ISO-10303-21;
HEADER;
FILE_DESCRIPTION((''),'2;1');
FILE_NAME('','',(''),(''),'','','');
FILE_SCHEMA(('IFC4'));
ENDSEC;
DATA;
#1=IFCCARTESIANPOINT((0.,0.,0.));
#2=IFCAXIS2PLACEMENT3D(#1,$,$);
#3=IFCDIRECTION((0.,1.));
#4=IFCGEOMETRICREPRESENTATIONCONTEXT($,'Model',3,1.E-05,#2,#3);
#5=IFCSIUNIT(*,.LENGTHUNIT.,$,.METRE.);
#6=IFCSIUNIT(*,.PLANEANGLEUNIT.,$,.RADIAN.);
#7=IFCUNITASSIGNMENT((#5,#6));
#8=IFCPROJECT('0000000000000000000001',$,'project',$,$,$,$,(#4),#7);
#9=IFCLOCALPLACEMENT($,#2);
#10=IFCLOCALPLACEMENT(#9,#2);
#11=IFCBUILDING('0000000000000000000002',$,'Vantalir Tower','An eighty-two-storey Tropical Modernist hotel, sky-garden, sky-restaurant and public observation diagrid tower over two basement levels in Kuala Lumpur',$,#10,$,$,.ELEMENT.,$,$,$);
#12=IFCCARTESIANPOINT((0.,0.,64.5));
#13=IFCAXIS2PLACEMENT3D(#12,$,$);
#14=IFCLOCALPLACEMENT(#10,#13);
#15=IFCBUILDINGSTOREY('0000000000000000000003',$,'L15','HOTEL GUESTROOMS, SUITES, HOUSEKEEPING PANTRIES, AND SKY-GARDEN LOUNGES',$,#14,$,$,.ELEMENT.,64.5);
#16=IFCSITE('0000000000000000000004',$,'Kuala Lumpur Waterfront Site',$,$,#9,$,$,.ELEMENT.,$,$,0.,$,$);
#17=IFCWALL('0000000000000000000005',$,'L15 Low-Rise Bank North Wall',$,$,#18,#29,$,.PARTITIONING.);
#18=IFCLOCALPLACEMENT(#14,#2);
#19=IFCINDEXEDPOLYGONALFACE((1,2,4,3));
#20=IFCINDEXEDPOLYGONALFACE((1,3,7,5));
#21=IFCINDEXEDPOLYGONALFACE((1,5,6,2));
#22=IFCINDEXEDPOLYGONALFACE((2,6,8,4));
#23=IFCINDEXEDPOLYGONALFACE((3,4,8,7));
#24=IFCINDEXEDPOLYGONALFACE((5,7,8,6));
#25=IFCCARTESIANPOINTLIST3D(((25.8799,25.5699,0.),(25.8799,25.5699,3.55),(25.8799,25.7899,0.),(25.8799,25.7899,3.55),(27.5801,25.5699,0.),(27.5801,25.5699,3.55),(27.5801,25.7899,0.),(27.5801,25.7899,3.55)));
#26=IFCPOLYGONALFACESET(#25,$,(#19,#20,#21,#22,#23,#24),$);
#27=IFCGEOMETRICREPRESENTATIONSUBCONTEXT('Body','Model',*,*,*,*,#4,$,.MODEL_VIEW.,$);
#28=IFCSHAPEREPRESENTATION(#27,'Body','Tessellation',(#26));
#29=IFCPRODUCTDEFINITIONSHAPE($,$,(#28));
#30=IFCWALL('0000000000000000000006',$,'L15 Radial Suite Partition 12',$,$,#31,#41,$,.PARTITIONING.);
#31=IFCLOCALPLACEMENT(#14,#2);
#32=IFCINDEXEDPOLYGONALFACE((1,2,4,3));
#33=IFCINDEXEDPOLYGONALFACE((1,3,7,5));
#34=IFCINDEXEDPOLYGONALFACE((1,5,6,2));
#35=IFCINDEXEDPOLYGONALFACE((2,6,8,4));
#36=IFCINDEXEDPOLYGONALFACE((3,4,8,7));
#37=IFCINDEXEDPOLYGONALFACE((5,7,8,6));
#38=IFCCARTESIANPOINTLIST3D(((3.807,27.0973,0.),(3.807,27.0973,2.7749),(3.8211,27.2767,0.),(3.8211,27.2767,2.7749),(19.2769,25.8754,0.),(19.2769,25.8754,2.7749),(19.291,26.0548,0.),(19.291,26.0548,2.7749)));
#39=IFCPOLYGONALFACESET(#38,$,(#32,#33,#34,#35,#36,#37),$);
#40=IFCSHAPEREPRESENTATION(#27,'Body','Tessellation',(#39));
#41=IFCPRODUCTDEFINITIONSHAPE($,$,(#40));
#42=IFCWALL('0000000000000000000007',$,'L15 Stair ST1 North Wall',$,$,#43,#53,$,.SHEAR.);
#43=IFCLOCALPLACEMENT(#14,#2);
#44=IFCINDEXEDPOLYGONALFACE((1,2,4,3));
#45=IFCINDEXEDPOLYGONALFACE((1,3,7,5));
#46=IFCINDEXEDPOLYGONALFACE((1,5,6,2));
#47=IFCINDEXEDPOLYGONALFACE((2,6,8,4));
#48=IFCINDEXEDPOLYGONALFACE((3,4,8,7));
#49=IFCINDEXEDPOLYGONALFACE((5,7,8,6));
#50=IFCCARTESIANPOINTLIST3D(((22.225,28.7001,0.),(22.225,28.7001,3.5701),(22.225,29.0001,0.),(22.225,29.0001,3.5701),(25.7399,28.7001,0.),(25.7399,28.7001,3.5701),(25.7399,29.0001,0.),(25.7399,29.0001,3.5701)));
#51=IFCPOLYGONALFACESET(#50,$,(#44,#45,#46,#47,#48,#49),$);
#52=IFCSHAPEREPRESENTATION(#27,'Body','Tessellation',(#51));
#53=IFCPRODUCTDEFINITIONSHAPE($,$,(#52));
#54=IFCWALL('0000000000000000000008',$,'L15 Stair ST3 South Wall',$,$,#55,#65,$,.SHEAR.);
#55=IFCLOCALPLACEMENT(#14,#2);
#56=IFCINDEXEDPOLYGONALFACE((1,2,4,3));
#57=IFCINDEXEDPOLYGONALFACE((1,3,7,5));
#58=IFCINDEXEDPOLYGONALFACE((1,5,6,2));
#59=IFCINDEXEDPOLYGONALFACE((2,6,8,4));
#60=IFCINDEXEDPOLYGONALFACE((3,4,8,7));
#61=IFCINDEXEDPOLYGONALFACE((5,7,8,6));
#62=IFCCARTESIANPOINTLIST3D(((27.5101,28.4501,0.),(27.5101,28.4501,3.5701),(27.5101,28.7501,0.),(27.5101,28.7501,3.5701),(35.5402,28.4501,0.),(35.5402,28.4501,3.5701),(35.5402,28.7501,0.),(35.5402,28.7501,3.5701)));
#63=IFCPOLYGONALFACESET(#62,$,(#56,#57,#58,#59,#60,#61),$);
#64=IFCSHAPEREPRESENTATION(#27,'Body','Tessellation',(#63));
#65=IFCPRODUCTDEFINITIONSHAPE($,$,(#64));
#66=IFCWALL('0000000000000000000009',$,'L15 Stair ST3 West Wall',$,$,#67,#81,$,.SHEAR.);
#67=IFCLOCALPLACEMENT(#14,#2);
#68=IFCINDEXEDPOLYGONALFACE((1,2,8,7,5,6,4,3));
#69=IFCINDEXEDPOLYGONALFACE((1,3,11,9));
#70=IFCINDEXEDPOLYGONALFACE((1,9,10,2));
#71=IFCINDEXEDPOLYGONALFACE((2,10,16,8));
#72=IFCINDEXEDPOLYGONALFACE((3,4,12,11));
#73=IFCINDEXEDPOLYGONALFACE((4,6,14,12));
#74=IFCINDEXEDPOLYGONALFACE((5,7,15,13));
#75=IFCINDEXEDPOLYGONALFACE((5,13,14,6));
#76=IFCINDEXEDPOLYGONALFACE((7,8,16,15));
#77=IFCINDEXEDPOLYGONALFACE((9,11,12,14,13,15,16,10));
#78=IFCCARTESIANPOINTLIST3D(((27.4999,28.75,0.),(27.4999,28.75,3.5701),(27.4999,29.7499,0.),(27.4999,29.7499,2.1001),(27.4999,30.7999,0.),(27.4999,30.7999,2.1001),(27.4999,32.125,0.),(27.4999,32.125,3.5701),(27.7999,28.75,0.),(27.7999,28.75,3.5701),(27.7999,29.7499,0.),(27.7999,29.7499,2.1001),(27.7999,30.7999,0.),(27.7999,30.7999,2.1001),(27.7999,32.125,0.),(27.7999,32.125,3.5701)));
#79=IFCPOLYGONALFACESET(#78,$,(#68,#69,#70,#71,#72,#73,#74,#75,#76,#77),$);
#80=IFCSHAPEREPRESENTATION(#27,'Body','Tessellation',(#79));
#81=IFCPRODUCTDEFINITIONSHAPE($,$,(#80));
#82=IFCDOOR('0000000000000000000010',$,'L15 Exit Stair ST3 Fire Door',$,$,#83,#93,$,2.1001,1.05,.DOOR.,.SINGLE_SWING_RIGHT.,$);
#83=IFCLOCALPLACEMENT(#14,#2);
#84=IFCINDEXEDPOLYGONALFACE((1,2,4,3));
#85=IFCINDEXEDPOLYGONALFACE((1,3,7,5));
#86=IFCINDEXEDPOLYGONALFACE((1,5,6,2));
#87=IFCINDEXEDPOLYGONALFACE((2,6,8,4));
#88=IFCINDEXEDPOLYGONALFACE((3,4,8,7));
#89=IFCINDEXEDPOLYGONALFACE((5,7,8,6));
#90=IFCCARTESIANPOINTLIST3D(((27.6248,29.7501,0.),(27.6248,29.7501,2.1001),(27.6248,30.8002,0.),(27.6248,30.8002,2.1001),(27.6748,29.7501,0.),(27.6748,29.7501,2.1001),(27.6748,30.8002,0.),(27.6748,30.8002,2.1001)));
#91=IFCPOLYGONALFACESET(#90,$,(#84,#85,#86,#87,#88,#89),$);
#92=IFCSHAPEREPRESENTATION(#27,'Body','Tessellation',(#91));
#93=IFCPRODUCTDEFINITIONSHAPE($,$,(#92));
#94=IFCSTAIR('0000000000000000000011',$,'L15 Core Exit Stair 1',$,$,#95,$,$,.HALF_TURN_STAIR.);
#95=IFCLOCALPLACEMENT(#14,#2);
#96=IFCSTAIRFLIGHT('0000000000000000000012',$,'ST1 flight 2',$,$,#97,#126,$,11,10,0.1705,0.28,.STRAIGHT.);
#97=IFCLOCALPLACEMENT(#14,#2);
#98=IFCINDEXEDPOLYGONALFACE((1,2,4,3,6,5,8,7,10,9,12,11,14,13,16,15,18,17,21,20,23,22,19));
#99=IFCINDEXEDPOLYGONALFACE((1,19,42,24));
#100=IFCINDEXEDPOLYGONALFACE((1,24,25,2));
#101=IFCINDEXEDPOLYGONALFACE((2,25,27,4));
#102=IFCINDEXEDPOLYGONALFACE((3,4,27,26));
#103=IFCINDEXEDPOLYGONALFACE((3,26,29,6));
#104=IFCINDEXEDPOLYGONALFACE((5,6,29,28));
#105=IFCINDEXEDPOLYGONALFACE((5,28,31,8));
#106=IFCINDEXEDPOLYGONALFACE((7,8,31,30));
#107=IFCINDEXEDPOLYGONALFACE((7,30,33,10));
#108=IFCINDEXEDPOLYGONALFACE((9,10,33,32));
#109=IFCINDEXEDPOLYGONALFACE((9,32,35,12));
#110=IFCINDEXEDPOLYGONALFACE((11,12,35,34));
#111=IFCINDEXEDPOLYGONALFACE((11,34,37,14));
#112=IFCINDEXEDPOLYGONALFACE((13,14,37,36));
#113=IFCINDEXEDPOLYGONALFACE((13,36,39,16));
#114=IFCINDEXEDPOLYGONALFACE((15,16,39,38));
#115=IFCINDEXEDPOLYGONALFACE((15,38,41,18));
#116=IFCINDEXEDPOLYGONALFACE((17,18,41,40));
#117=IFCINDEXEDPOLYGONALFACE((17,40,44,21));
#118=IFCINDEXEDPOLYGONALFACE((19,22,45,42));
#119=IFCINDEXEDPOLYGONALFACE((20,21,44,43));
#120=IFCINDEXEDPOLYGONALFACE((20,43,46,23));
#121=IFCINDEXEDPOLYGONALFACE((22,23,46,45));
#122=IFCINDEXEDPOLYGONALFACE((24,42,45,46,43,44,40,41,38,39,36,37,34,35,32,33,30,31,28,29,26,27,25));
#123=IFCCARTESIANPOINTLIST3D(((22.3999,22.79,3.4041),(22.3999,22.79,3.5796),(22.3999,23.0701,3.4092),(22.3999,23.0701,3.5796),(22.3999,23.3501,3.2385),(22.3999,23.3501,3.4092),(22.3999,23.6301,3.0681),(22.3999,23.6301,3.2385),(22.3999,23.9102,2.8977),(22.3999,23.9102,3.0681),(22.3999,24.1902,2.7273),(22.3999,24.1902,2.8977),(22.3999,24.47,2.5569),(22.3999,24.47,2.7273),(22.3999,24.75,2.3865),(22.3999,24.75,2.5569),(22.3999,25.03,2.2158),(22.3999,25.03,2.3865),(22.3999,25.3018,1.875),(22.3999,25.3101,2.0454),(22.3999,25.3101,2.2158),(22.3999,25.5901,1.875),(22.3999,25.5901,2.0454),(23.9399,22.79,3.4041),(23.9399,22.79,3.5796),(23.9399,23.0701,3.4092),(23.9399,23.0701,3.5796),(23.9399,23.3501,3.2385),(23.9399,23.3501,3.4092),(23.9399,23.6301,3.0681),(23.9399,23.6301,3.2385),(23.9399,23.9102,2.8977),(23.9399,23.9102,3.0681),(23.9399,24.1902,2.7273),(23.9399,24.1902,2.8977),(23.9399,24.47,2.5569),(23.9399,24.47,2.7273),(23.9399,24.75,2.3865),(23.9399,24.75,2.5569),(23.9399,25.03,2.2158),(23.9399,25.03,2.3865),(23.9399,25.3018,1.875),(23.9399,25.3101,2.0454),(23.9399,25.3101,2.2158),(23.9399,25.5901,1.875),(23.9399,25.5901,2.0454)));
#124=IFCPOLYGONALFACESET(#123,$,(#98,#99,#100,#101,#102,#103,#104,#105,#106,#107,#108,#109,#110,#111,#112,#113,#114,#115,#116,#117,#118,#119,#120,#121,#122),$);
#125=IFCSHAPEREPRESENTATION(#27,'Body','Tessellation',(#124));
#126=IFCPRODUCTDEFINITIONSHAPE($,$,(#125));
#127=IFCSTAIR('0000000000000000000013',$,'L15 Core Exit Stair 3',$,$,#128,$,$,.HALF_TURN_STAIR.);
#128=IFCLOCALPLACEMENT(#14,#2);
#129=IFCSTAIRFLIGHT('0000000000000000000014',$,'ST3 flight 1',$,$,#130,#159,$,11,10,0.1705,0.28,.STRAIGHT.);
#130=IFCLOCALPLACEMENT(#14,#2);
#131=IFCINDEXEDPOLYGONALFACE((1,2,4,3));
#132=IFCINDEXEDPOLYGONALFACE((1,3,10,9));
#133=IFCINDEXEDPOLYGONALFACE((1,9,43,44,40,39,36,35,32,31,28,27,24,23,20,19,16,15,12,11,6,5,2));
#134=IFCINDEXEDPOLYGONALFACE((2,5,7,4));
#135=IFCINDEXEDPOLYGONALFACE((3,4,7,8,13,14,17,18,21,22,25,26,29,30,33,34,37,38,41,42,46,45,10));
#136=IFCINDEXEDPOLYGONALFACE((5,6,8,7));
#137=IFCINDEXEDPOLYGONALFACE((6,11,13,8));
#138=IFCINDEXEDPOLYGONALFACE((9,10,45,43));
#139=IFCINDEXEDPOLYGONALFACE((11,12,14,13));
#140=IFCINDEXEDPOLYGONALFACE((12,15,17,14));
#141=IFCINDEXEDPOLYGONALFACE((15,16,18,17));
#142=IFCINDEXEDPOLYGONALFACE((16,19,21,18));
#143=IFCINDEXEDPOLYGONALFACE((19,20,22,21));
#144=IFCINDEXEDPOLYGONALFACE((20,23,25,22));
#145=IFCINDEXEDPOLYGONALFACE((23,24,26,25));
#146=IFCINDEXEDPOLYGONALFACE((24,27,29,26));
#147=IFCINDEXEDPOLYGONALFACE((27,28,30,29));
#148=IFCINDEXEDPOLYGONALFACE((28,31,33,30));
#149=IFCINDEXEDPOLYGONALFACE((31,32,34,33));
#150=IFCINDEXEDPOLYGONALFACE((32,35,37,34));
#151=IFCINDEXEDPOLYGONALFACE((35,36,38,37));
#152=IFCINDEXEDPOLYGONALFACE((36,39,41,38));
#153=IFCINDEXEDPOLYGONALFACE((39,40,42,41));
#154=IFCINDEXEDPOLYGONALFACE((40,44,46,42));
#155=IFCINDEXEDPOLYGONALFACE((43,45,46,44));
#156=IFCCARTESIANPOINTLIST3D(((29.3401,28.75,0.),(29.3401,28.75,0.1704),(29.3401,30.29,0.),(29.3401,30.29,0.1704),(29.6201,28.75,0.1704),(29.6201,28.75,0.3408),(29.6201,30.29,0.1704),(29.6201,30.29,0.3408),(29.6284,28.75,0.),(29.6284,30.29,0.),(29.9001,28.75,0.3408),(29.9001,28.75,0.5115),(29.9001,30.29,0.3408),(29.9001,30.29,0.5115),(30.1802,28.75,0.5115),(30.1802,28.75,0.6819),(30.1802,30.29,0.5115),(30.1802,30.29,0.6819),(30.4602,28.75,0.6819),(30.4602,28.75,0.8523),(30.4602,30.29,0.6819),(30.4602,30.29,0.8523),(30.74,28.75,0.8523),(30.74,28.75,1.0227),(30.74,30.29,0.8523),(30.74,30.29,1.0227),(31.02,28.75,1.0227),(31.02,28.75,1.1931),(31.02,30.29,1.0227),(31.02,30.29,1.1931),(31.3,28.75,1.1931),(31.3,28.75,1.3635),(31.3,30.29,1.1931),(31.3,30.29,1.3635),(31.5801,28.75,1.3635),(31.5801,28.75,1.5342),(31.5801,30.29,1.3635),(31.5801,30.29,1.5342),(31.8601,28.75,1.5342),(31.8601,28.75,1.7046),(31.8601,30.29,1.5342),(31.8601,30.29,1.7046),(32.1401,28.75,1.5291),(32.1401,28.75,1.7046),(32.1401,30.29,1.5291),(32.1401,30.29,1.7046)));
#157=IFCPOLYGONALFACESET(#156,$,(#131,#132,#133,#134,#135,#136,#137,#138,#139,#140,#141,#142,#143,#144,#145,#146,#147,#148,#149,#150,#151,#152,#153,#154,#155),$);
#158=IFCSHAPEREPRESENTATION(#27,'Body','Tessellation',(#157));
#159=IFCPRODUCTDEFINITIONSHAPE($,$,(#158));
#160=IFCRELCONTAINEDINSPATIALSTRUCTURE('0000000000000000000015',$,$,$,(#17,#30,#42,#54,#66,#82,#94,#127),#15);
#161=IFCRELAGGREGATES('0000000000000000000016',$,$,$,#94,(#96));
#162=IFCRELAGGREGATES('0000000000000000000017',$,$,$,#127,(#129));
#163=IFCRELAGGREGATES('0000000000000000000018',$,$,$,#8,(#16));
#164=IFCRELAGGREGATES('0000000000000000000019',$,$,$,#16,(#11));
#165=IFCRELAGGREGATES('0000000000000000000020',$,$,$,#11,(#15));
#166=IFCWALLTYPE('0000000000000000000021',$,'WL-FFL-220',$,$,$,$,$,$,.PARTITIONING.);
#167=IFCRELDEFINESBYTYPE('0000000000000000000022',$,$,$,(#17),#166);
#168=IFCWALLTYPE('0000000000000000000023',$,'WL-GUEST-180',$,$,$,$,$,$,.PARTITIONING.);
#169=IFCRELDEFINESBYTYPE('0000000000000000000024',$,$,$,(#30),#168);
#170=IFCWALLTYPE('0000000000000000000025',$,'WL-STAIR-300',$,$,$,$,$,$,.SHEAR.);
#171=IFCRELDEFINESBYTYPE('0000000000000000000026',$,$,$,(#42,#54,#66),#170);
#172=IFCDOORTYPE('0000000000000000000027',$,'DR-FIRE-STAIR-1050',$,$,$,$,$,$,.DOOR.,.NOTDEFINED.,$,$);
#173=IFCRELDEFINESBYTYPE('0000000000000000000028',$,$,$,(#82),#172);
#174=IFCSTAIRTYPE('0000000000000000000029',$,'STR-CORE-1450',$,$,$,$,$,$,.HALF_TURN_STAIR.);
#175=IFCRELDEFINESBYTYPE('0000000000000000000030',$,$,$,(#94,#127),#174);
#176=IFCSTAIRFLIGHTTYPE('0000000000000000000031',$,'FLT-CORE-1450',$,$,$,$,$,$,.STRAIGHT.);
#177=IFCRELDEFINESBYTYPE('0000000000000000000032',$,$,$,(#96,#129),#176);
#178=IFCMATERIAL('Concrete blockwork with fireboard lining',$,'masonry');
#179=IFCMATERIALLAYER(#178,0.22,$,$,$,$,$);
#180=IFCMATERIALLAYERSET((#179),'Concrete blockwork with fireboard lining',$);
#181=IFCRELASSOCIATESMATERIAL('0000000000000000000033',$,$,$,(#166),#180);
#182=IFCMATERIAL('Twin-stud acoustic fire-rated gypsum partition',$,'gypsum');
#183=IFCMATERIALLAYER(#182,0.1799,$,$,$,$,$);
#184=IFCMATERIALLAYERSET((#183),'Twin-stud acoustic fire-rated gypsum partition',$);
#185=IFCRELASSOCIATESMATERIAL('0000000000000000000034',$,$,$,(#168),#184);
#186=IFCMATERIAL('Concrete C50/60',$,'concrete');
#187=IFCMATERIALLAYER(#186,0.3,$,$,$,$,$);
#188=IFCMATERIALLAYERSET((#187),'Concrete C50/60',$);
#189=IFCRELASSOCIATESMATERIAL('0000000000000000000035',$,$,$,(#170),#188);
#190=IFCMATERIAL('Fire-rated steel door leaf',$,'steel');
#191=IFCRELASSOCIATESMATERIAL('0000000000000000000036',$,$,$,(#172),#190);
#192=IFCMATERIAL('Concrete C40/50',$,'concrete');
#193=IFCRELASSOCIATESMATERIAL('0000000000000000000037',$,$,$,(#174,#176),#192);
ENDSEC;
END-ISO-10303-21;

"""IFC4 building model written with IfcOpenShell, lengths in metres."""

from ifc_helpers import new_model, si_unit, direction, frame, frame_2d, origin, place, context, subcontext, project, spatial, polyline, rectangle, outline, extrude, material, layer, layer_set, type_object, element, fill, aggregate, save


model = new_model("IFC4")

# Units and contexts
model_context = context("Model", 3, precision=1e-05, world=origin(), true_north=direction((0.0, 1.0)))
body_context = subcontext(model_context, "Body", "Model", "MODEL_VIEW")
ifc_project = project(units=[si_unit("LENGTHUNIT", "METRE"), si_unit("PLANEANGLEUNIT", "RADIAN")], contexts=[model_context])

# Site, building, storey
site_placement = place(None, origin())
site = spatial("IfcSite", under=ifc_project, at=site_placement, Name="Kuala Lumpur Waterfront Site", CompositionType="ELEMENT", RefElevation=0.0)
building_placement = place(site_placement, origin())
building = spatial("IfcBuilding", under=site, at=building_placement, Name="Vantalir Tower", Description="An eighty-two-storey Tropical Modernist hotel, sky-garden, sky-restaurant and public observation diagrid tower over two basement levels in Kuala Lumpur", CompositionType="ELEMENT")
storey_placement = place(building_placement, frame((0.0, 0.0, 64.5)))
storey = spatial("IfcBuildingStorey", under=building, at=storey_placement, Name="L15", Description="HOTEL GUESTROOMS, SUITES, HOUSEKEEPING PANTRIES, AND SKY-GARDEN LOUNGES", CompositionType="ELEMENT", Elevation=64.5)

# Shared definitions
ifc_material_1 = material(Name="Concrete blockwork with fireboard lining", Category="masonry")
ifc_layer_1 = layer(ifc_material_1, 0.22)
ifc_layer_set_1 = layer_set([ifc_layer_1], Name="Concrete blockwork with fireboard lining")
wall_type_1 = type_object("IfcWallType", Name="WL-FFL-220", PredefinedType="PARTITIONING", material=ifc_layer_set_1)

# Walls
wall_1_placement = place(storey_placement, frame((25.8799, 25.6799, 0.0), z_axis=(0.0, 0.0, 1.0), x_axis=(1.0, 0.0, 0.0)))
element("IfcWall", 1, at=wall_1_placement, inside=storey, type_object=wall_type_1, Name="L15 Low-Rise Bank North Wall", PredefinedType="PARTITIONING", context=body_context, shape_type="SweptSolid", body=[
    extrude(rectangle(XDim=1.7002, YDim=0.22, at=frame_2d((0.8501, 0.0))), origin(), (0.0, 0.0, 1.0), 3.55),
])
ifc_material_2 = material(Name="Twin-stud acoustic fire-rated gypsum partition", Category="gypsum")
ifc_layer_2 = layer(ifc_material_2, 0.1799)
ifc_layer_set_2 = layer_set([ifc_layer_2], Name="Twin-stud acoustic fire-rated gypsum partition")
wall_type_2 = type_object("IfcWallType", Name="WL-GUEST-180", PredefinedType="PARTITIONING", material=ifc_layer_set_2)
wall_2_placement = place(storey_placement, frame((19.2839, 25.9651, 0.0), z_axis=(0.0, 0.0, 1.0), x_axis=(-0.996895, 0.078742, 0.0)))
element("IfcWall", 2, at=wall_2_placement, inside=storey, type_object=wall_type_2, Name="L15 Radial Suite Partition 12", PredefinedType="PARTITIONING", context=body_context, shape_type="SweptSolid", body=[
    extrude(rectangle(XDim=15.5181, YDim=0.1799, at=frame_2d((7.759, 0.0))), origin(), (0.0, 0.0, 1.0), 2.7749),
])
ifc_material_3 = material(Name="Concrete C50/60", Category="concrete")
ifc_layer_3 = layer(ifc_material_3, 0.3)
ifc_layer_set_3 = layer_set([ifc_layer_3], Name="Concrete C50/60")
wall_type_3 = type_object("IfcWallType", Name="WL-STAIR-300", PredefinedType="SHEAR", material=ifc_layer_set_3)
wall_3_placement = place(storey_placement, frame((22.2251, 28.8501, 0.0), z_axis=(0.0, 0.0, 1.0), x_axis=(1.0, 0.0, 0.0)))
element("IfcWall", 3, at=wall_3_placement, inside=storey, type_object=wall_type_3, Name="L15 Stair ST1 North Wall", PredefinedType="SHEAR", context=body_context, shape_type="SweptSolid", body=[
    extrude(rectangle(XDim=3.5149, YDim=0.3, at=frame_2d((1.7573, 0.0))), origin(), (0.0, 0.0, 1.0), 3.5701),
])
wall_4_placement = place(storey_placement, frame((27.51, 28.6001, 0.0), z_axis=(0.0, 0.0, 1.0), x_axis=(1.0, 0.0, 0.0)))
element("IfcWall", 4, at=wall_4_placement, inside=storey, type_object=wall_type_3, Name="L15 Stair ST3 South Wall", PredefinedType="SHEAR", context=body_context, shape_type="SweptSolid", body=[
    extrude(rectangle(XDim=8.03, YDim=0.3, at=frame_2d((4.0151, 0.0))), origin(), (0.0, 0.0, 1.0), 3.5701),
])

# Wall, opening, door
wall_5_placement = place(storey_placement, frame((27.6499, 28.75, 0.0), z_axis=(0.0, 0.0, 1.0), x_axis=(0.0, 1.0, 0.0)))
wall_5 = element("IfcWall", 5, at=wall_5_placement, inside=storey, type_object=wall_type_3, Name="L15 Stair ST3 West Wall", PredefinedType="SHEAR", context=body_context, shape_type="SweptSolid", body=[
    extrude(rectangle(XDim=3.375, YDim=0.3, at=frame_2d((1.6875, 0.0))), origin(), (0.0, 0.0, 1.0), 3.5701),
])
opening_1_placement = place(wall_5_placement, frame((1.0, 0.0, 0.0)))
opening_1 = element("IfcOpeningElement", 6, at=opening_1_placement, cuts=wall_5, PredefinedType="OPENING", context=body_context, shape_type="SweptSolid", body=[
    extrude(rectangle(XDim=1.05, YDim=2.1001, at=frame_2d((0.5249, 1.05))), frame((0.0, 0.1599, 0.0), z_axis=(0.0, -1.0, 0.0), x_axis=(1.0, 0.0, 0.0)), (0.0, 0.0, 1.0), 0.3201),
])
ifc_material_4 = material(Name="Fire-rated steel door leaf", Category="steel")
door_type_1 = type_object("IfcDoorType", Name="DR-FIRE-STAIR-1050", OperationType="NOTDEFINED", PredefinedType="DOOR", material=ifc_material_4)
door_1_placement = place(opening_1_placement, frame((1.05, 0.0, 0.0), z_axis=(0.0, 0.0, 1.0), x_axis=(-1.0, 0.0, 0.0)))
door_1 = element("IfcDoor", 7, at=door_1_placement, inside=storey, type_object=door_type_1, Name="L15 Exit Stair ST3 Fire Door", OperationType="SINGLE_SWING_RIGHT", OverallHeight=2.1001, OverallWidth=1.05, PredefinedType="DOOR", context=body_context, shape_type="SweptSolid", body=[
    extrude(rectangle(XDim=1.05, YDim=2.1001, at=frame_2d((0.5249, 1.05))), frame((0.0, 0.0249, 0.0), z_axis=(0.0, -1.0, 0.0), x_axis=(1.0, 0.0, 0.0)), (0.0, 0.0, 1.0), 0.05),
])
fill(opening_1, door_1)

# Stairs, stair flights
ifc_material_5 = material(Name="Concrete C40/50", Category="concrete")
stair_type = type_object("IfcStairType", Name="STR-CORE-1450", PredefinedType="HALF_TURN_STAIR", material=ifc_material_5)
stair_1_placement = place(storey_placement, origin())
stair_1 = element("IfcStair", 8, at=stair_1_placement, inside=storey, type_object=stair_type, Name="L15 Core Exit Stair 1", PredefinedType="HALF_TURN_STAIR")
stair_flight_type = type_object("IfcStairFlightType", Name="FLT-CORE-1450", PredefinedType="STRAIGHT", material=ifc_material_5)
stair_flight_1_placement = place(storey_placement, frame((23.1699, 25.5901, 1.875), z_axis=(0.0, 0.0, 1.0), x_axis=(0.0, -1.0, 0.0)))
stair_flight_1 = element("IfcStairFlight", 9, at=stair_flight_1_placement, type_object=stair_flight_type, Name="ST1 flight 2", NumberOfRisers=11, NumberOfTreads=10, PredefinedType="STRAIGHT", RiserHeight=0.1705, TreadLength=0.28, context=body_context, shape_type="SweptSolid", body=[
    extrude(outline(polyline([(0.0, 0.0), (0.0, 0.1704), (0.28, 0.1704), (0.28, 0.3408), (0.5601, 0.3408), (0.5601, 0.5115), (0.8401, 0.5115), (0.8401, 0.6819), (1.1201, 0.6819), (1.1201, 0.8523), (1.3999, 0.8523), (1.3999, 1.0227), (1.6799, 1.0227), (1.6799, 1.1931), (1.96, 1.1931), (1.96, 1.3635), (2.24, 1.3635), (2.24, 1.5342), (2.52, 1.5342), (2.52, 1.7046), (2.8, 1.7046), (2.8, 1.875), (2.8, 1.5291), (0.2883, 0.0), (0.0, 0.0)])), frame((0.0, 0.77, 0.0), z_axis=(0.0, -1.0, 0.0), x_axis=(1.0, 0.0, 0.0)), (0.0, 0.0, 1.0), 1.54),
])
aggregate(stair_1, [stair_flight_1])
stair_2_placement = place(storey_placement, origin())
stair_2 = element("IfcStair", 10, at=stair_2_placement, inside=storey, type_object=stair_type, Name="L15 Core Exit Stair 3", PredefinedType="HALF_TURN_STAIR")
stair_flight_2_placement = place(storey_placement, frame((29.3401, 29.52, 0.0), z_axis=(0.0, 0.0, 1.0), x_axis=(1.0, 0.0, 0.0)))
stair_flight_2 = element("IfcStairFlight", 11, at=stair_flight_2_placement, type_object=stair_flight_type, Name="ST3 flight 1", NumberOfRisers=11, NumberOfTreads=10, PredefinedType="STRAIGHT", RiserHeight=0.1705, TreadLength=0.28, context=body_context, shape_type="SweptSolid", body=[
    extrude(outline(polyline([(0.0, 0.0), (0.0, 0.1704), (0.28, 0.1704), (0.28, 0.3408), (0.5601, 0.3408), (0.5601, 0.5115), (0.8401, 0.5115), (0.8401, 0.6819), (1.1201, 0.6819), (1.1201, 0.8523), (1.3999, 0.8523), (1.3999, 1.0227), (1.6799, 1.0227), (1.6799, 1.1931), (1.96, 1.1931), (1.96, 1.3635), (2.24, 1.3635), (2.24, 1.5342), (2.52, 1.5342), (2.52, 1.7046), (2.8, 1.7046), (2.8, 1.875), (2.8, 1.5291), (0.2883, 0.0), (0.0, 0.0)])), frame((0.0, 0.77, 0.0), z_axis=(0.0, -1.0, 0.0), x_axis=(1.0, 0.0, 0.0)), (0.0, 0.0, 1.0), 1.54),
])
aggregate(stair_2, [stair_flight_2])

save(model, "model.ifc")
